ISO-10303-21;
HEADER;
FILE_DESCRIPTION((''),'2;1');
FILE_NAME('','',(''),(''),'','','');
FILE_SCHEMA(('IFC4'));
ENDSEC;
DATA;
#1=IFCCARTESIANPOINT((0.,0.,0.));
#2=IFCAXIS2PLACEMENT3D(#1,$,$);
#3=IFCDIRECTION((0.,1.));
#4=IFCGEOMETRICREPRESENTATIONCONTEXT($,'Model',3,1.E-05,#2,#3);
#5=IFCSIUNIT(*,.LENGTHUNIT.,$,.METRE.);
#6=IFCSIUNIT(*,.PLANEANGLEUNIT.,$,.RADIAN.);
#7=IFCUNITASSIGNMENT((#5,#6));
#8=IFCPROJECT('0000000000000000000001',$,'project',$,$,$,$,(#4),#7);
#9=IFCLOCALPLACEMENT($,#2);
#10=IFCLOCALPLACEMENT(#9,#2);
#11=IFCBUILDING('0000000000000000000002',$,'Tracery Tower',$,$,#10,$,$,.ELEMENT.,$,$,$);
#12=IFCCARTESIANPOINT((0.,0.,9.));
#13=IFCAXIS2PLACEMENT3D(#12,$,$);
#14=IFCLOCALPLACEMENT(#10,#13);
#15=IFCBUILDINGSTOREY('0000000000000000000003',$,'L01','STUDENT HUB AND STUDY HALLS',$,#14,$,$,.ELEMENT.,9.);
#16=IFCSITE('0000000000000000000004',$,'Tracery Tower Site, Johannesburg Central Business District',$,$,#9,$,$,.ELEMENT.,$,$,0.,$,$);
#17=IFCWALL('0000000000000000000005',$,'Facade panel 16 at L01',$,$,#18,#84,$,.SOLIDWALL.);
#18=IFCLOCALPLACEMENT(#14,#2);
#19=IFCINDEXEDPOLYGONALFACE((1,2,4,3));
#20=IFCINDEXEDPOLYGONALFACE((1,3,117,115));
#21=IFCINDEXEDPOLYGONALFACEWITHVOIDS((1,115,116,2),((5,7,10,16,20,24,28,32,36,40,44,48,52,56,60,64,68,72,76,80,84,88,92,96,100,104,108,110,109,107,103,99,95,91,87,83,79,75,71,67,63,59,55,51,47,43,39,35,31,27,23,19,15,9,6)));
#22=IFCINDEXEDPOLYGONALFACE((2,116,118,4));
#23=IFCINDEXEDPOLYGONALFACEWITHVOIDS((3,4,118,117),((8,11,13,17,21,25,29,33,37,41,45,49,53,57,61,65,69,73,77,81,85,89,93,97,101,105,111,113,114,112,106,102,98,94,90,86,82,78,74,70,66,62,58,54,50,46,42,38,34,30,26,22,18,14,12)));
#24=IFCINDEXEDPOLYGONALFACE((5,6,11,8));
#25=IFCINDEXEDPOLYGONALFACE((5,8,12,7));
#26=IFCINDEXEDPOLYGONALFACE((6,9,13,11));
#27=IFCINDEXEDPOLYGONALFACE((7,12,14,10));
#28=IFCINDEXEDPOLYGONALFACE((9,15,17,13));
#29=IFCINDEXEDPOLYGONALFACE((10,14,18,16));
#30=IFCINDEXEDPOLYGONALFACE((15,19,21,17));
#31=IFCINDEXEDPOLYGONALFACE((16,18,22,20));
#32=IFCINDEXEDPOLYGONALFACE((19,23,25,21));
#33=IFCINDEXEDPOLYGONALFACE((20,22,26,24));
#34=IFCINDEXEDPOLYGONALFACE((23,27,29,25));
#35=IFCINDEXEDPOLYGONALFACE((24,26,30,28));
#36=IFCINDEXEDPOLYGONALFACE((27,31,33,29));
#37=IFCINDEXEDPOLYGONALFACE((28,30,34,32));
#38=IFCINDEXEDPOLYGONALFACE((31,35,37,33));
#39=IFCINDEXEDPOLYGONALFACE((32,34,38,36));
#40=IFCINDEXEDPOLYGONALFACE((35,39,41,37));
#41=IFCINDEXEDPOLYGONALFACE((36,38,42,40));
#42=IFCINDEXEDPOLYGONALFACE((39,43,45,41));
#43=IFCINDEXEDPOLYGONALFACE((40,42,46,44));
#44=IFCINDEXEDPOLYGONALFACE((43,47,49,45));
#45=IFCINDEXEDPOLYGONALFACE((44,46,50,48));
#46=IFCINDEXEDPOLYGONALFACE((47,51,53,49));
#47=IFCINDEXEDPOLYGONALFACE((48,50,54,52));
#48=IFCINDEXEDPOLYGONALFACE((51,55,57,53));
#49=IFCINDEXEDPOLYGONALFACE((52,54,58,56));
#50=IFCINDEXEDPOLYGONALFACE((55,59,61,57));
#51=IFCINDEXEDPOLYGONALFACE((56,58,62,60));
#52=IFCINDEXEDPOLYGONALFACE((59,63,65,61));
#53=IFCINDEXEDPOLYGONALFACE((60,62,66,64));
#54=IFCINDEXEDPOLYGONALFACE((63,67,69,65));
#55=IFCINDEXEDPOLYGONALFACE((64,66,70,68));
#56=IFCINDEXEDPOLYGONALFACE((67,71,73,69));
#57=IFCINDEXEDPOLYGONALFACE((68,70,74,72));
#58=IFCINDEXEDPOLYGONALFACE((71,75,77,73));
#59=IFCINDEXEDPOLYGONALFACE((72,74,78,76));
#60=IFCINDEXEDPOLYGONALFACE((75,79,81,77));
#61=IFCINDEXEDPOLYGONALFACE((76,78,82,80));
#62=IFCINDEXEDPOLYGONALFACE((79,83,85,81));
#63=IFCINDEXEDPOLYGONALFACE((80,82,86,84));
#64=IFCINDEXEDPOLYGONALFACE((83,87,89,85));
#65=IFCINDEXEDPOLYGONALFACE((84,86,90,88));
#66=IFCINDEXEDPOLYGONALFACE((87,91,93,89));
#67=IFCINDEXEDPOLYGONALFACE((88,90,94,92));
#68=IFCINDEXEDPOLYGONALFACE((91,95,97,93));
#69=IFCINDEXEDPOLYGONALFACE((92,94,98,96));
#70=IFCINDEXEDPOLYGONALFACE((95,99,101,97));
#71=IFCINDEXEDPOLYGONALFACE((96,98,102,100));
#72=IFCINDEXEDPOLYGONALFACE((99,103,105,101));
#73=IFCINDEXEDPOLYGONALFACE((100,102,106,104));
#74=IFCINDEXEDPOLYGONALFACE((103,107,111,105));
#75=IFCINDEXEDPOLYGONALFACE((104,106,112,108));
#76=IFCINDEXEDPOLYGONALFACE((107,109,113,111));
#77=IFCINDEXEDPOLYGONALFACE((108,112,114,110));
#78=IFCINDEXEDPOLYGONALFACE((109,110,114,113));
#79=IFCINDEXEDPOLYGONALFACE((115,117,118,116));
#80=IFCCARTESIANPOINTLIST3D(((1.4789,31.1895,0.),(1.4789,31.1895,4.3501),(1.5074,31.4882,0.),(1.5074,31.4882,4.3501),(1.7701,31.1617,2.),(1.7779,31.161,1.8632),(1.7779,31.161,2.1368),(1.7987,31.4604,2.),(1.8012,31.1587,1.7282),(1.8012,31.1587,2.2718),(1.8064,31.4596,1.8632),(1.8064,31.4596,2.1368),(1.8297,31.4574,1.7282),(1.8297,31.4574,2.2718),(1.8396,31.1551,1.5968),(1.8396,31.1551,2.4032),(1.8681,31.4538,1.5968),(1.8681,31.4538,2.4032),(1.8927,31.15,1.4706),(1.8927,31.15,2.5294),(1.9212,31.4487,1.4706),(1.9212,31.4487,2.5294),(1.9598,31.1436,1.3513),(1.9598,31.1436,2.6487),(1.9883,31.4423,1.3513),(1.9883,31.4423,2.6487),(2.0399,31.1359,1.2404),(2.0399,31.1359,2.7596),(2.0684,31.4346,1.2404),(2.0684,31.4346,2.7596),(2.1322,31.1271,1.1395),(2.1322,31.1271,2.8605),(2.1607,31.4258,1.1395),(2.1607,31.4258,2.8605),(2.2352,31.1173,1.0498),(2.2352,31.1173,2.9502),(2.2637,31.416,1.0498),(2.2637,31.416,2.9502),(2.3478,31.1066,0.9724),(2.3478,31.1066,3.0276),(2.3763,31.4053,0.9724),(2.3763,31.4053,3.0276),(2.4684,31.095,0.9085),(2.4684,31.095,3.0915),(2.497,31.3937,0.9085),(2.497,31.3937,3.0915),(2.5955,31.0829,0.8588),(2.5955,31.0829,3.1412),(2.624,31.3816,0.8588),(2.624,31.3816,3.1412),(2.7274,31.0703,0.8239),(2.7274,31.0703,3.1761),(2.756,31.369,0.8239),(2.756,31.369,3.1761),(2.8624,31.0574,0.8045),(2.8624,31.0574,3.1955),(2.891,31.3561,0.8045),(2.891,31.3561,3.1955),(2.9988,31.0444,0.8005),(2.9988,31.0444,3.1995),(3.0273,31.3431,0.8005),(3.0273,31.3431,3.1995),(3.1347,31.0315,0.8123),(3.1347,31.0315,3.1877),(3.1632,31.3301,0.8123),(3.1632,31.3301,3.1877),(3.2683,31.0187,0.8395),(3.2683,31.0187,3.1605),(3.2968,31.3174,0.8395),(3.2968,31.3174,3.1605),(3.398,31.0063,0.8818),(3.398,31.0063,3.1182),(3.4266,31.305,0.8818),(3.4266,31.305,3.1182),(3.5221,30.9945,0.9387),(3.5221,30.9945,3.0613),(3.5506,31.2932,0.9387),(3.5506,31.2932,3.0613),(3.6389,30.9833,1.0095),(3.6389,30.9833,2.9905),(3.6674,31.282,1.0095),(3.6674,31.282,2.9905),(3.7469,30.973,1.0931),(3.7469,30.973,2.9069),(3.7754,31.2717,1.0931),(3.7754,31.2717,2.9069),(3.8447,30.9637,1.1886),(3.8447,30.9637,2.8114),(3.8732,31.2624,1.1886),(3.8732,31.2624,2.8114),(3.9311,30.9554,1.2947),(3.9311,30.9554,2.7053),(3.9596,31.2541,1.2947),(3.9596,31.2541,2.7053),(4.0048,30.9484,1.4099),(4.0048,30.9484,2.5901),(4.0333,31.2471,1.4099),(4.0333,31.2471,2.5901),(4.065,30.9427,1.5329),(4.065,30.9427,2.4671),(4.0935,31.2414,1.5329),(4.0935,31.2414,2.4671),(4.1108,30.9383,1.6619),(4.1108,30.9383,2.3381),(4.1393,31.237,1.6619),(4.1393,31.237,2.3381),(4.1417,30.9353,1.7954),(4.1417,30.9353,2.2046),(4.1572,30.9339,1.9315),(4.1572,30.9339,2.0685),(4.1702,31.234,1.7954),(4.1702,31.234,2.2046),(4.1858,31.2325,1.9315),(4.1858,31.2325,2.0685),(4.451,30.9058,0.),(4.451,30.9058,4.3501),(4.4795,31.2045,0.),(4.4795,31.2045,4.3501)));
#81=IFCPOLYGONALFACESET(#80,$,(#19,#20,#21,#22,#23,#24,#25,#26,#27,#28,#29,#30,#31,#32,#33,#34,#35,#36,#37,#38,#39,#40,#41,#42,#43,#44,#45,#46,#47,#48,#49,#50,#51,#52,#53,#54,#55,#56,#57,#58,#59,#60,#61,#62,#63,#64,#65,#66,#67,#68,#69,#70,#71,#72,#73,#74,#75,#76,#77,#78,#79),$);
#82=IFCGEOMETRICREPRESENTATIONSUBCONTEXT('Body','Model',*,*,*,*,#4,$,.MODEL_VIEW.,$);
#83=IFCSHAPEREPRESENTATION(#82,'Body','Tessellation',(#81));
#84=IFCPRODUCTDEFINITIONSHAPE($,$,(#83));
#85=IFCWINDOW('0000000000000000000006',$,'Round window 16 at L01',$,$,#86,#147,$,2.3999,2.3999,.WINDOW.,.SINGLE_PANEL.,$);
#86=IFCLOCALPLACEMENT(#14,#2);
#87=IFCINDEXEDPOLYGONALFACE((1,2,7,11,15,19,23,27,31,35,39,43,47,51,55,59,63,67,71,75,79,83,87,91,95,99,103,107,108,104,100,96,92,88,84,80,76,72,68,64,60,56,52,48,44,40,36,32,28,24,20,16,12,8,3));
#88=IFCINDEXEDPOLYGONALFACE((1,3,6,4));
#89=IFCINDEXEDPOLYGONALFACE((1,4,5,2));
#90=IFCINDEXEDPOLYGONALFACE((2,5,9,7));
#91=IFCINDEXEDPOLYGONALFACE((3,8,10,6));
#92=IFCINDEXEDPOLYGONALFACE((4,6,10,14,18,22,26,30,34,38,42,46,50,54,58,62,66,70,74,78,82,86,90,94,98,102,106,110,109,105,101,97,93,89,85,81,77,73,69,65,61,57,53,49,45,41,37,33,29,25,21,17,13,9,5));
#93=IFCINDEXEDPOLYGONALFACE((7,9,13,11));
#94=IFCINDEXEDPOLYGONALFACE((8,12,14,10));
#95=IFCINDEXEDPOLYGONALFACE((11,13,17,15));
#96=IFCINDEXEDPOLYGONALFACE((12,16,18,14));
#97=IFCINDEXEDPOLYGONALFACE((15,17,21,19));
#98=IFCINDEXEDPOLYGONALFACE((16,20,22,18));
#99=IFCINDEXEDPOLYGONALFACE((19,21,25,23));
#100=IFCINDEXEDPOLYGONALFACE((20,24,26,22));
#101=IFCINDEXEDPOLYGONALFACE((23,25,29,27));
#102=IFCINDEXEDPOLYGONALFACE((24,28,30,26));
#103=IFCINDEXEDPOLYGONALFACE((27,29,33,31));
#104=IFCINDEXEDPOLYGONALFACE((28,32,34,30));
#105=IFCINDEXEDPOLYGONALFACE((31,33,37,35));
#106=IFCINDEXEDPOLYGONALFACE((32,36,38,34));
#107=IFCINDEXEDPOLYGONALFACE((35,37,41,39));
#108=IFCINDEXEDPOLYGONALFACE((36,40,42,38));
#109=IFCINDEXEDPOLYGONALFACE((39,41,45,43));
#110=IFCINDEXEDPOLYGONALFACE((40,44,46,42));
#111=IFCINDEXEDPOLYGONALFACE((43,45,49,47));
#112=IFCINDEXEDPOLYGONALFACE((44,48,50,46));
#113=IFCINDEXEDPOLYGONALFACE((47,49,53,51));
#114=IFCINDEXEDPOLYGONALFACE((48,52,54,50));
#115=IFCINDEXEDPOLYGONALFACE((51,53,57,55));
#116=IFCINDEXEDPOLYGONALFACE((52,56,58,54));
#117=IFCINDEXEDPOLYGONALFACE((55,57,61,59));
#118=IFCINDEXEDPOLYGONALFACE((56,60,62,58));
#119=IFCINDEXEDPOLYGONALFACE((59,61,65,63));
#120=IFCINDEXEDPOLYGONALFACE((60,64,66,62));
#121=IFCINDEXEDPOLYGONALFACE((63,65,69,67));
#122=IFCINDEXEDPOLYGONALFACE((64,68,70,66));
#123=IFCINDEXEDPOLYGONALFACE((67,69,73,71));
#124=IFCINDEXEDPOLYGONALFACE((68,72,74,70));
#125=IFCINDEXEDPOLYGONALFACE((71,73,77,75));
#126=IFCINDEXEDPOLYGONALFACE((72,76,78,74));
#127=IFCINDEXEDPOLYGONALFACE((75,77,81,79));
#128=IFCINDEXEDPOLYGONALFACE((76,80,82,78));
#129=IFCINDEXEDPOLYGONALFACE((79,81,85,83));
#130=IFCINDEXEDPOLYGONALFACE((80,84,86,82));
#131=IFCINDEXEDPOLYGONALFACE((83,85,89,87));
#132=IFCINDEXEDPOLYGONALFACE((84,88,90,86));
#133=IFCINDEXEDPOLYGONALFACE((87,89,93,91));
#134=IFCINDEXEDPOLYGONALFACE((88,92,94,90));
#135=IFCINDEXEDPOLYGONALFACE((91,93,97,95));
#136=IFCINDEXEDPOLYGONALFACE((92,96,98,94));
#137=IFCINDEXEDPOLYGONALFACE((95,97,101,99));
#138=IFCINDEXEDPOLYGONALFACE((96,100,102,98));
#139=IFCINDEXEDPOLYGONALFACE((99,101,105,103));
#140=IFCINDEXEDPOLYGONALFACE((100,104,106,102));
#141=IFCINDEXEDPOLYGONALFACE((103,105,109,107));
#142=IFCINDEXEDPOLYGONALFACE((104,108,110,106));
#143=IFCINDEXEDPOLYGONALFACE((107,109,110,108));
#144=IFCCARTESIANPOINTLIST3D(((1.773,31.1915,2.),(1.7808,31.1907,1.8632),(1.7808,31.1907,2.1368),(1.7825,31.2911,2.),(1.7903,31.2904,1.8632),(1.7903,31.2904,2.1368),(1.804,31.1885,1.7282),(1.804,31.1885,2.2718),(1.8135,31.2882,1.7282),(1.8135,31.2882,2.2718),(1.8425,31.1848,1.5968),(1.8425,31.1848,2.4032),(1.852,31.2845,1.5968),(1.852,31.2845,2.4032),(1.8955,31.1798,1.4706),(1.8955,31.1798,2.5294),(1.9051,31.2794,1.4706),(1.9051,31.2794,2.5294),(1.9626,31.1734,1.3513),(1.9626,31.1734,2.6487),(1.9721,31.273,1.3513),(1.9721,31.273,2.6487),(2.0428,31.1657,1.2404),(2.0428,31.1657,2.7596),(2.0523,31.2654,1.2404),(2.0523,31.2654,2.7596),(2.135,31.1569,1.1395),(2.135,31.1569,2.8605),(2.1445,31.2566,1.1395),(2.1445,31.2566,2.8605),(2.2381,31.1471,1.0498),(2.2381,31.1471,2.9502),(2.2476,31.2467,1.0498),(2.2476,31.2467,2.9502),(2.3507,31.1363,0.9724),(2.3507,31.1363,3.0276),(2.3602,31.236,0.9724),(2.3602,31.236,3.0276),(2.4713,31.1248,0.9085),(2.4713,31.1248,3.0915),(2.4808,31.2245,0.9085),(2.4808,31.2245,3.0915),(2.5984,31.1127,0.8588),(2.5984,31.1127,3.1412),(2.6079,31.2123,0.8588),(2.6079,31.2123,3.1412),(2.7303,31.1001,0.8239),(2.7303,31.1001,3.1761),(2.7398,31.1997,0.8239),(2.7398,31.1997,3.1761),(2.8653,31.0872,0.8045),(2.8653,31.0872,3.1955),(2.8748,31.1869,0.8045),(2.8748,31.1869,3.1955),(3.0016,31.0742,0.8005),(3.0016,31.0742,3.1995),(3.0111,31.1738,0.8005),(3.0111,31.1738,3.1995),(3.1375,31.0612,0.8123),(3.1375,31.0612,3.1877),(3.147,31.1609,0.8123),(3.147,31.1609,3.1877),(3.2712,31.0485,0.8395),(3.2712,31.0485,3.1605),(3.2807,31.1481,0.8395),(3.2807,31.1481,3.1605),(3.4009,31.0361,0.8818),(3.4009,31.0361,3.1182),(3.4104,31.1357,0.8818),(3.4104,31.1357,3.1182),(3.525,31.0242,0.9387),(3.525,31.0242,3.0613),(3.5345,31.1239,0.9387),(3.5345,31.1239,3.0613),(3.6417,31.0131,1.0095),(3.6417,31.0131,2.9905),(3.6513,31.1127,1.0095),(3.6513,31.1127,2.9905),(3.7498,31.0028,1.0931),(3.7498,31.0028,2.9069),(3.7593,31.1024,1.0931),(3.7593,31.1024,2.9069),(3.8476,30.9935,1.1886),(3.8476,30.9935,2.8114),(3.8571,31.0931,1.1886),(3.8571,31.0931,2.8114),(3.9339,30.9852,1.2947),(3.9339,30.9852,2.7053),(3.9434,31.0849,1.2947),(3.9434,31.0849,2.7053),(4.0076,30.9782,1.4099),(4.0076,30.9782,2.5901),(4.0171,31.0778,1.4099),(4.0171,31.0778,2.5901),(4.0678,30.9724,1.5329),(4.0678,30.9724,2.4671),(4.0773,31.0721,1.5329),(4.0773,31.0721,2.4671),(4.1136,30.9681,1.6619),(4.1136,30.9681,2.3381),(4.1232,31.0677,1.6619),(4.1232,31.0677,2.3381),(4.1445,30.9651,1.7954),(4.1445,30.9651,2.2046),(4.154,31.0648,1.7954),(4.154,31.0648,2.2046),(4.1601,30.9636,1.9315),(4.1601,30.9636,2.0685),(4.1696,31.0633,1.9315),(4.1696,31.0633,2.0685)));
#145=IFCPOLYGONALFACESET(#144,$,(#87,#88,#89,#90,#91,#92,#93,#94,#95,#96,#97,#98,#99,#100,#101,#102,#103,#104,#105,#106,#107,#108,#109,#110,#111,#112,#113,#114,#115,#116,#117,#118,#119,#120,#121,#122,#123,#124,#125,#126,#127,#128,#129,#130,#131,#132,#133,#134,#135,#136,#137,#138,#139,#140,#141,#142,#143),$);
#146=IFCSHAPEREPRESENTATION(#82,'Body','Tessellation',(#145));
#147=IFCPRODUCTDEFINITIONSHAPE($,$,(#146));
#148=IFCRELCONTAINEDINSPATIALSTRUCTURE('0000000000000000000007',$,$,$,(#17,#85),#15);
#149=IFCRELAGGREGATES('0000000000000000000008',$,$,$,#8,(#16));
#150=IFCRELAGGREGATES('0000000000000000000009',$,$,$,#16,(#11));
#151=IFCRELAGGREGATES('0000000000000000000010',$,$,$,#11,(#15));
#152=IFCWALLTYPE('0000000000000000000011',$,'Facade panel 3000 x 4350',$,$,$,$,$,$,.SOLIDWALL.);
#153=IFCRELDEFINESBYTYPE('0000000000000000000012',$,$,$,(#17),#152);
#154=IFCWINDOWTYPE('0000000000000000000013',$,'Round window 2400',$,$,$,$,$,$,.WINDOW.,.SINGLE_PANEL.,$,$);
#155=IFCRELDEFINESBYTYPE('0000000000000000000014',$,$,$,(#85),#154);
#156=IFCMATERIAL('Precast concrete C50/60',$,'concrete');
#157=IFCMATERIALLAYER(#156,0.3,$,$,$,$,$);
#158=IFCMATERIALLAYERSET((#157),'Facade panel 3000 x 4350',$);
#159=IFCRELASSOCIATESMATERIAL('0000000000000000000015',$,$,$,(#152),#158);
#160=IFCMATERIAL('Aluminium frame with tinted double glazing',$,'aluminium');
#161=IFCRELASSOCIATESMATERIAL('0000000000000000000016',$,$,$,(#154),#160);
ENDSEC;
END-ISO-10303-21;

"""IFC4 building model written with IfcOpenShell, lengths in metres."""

from ifc_helpers import new_model, si_unit, direction, frame, frame_2d, origin, origin_2d, place, context, subcontext, project, spatial, rectangle, circle, extrude, material, layer, layer_set, type_object, element, fill, save


model = new_model("IFC4")

# Units and contexts
model_context = context("Model", 3, precision=1e-05, world=origin(), true_north=direction((0.0, 1.0)))
body_context = subcontext(model_context, "Body", "Model", "MODEL_VIEW")
ifc_project = project(units=[si_unit("LENGTHUNIT", "METRE"), si_unit("PLANEANGLEUNIT", "RADIAN")], contexts=[model_context])

# Site, building, storey
site_placement = place(None, origin())
site = spatial("IfcSite", under=ifc_project, at=site_placement, Name="Tracery Tower Site, Johannesburg Central Business District", CompositionType="ELEMENT", RefElevation=0.0)
building_placement = place(site_placement, origin())
building = spatial("IfcBuilding", under=site, at=building_placement, Name="Tracery Tower", CompositionType="ELEMENT")
storey_placement = place(building_placement, frame((0.0, 0.0, 9.0)))
storey = spatial("IfcBuildingStorey", under=building, at=storey_placement, Name="L01", Description="STUDENT HUB AND STUDY HALLS", CompositionType="ELEMENT", Elevation=9.0)

# Wall, opening, window
ifc_material_1 = material(Name="Precast concrete C50/60", Category="concrete")
ifc_layer_1 = layer(ifc_material_1, 0.3)
ifc_layer_set_1 = layer_set([ifc_layer_1], Name="Facade panel 3000 x 4350")
wall_type_1 = type_object("IfcWallType", Name="Facade panel 3000 x 4350", PredefinedType="SOLIDWALL", material=ifc_layer_set_1)
wall_1_placement = place(storey_placement, frame((4.4651, 31.0552, 0.0), z_axis=(0.0, 0.0, 1.0), x_axis=(-0.995476, 0.095017, 0.0)))
wall_1 = element("IfcWall", 1, at=wall_1_placement, inside=storey, type_object=wall_type_1, Name="Facade panel 16 at L01", PredefinedType="SOLIDWALL", context=body_context, shape_type="SweptSolid", body=[
    extrude(rectangle(XDim=2.9856, YDim=0.3, at=frame_2d((1.4927, 0.0))), origin(), (0.0, 0.0, 1.0), 4.3501),
])
opening_1_placement = place(wall_1_placement, frame((1.4929, 0.0, 2.0)))
opening_1 = element("IfcOpeningElement", 2, at=opening_1_placement, cuts=wall_1, PredefinedType="OPENING", context=body_context, shape_type="SweptSolid", body=[
    extrude(circle(Radius=1.2, at=origin_2d()), frame((0.0, 0.1599, 0.0), z_axis=(0.0, -1.0, 0.0), x_axis=(1.0, 0.0, 0.0)), (0.0, 0.0, 1.0), 0.3201),
])
ifc_material_2 = material(Name="Aluminium frame with tinted double glazing", Category="aluminium")
window_type = type_object("IfcWindowType", Name="Round window 2400", PartitioningType="SINGLE_PANEL", PredefinedType="WINDOW", material=ifc_material_2)
window_1_placement = place(opening_1_placement, origin())
window_1 = element("IfcWindow", 3, at=window_1_placement, inside=storey, type_object=window_type, Name="Round window 16 at L01", OverallHeight=2.3999, OverallWidth=2.3999, PartitioningType="SINGLE_PANEL", PredefinedType="WINDOW", context=body_context, shape_type="SweptSolid", body=[
    extrude(circle(Radius=1.2, at=origin_2d()), frame((0.0, 0.1201, 0.0), z_axis=(0.0, -1.0, 0.0), x_axis=(1.0, 0.0, 0.0)), (0.0, 0.0, 1.0), 0.1001),
])
fill(opening_1, window_1)

save(model, "model.ifc")
